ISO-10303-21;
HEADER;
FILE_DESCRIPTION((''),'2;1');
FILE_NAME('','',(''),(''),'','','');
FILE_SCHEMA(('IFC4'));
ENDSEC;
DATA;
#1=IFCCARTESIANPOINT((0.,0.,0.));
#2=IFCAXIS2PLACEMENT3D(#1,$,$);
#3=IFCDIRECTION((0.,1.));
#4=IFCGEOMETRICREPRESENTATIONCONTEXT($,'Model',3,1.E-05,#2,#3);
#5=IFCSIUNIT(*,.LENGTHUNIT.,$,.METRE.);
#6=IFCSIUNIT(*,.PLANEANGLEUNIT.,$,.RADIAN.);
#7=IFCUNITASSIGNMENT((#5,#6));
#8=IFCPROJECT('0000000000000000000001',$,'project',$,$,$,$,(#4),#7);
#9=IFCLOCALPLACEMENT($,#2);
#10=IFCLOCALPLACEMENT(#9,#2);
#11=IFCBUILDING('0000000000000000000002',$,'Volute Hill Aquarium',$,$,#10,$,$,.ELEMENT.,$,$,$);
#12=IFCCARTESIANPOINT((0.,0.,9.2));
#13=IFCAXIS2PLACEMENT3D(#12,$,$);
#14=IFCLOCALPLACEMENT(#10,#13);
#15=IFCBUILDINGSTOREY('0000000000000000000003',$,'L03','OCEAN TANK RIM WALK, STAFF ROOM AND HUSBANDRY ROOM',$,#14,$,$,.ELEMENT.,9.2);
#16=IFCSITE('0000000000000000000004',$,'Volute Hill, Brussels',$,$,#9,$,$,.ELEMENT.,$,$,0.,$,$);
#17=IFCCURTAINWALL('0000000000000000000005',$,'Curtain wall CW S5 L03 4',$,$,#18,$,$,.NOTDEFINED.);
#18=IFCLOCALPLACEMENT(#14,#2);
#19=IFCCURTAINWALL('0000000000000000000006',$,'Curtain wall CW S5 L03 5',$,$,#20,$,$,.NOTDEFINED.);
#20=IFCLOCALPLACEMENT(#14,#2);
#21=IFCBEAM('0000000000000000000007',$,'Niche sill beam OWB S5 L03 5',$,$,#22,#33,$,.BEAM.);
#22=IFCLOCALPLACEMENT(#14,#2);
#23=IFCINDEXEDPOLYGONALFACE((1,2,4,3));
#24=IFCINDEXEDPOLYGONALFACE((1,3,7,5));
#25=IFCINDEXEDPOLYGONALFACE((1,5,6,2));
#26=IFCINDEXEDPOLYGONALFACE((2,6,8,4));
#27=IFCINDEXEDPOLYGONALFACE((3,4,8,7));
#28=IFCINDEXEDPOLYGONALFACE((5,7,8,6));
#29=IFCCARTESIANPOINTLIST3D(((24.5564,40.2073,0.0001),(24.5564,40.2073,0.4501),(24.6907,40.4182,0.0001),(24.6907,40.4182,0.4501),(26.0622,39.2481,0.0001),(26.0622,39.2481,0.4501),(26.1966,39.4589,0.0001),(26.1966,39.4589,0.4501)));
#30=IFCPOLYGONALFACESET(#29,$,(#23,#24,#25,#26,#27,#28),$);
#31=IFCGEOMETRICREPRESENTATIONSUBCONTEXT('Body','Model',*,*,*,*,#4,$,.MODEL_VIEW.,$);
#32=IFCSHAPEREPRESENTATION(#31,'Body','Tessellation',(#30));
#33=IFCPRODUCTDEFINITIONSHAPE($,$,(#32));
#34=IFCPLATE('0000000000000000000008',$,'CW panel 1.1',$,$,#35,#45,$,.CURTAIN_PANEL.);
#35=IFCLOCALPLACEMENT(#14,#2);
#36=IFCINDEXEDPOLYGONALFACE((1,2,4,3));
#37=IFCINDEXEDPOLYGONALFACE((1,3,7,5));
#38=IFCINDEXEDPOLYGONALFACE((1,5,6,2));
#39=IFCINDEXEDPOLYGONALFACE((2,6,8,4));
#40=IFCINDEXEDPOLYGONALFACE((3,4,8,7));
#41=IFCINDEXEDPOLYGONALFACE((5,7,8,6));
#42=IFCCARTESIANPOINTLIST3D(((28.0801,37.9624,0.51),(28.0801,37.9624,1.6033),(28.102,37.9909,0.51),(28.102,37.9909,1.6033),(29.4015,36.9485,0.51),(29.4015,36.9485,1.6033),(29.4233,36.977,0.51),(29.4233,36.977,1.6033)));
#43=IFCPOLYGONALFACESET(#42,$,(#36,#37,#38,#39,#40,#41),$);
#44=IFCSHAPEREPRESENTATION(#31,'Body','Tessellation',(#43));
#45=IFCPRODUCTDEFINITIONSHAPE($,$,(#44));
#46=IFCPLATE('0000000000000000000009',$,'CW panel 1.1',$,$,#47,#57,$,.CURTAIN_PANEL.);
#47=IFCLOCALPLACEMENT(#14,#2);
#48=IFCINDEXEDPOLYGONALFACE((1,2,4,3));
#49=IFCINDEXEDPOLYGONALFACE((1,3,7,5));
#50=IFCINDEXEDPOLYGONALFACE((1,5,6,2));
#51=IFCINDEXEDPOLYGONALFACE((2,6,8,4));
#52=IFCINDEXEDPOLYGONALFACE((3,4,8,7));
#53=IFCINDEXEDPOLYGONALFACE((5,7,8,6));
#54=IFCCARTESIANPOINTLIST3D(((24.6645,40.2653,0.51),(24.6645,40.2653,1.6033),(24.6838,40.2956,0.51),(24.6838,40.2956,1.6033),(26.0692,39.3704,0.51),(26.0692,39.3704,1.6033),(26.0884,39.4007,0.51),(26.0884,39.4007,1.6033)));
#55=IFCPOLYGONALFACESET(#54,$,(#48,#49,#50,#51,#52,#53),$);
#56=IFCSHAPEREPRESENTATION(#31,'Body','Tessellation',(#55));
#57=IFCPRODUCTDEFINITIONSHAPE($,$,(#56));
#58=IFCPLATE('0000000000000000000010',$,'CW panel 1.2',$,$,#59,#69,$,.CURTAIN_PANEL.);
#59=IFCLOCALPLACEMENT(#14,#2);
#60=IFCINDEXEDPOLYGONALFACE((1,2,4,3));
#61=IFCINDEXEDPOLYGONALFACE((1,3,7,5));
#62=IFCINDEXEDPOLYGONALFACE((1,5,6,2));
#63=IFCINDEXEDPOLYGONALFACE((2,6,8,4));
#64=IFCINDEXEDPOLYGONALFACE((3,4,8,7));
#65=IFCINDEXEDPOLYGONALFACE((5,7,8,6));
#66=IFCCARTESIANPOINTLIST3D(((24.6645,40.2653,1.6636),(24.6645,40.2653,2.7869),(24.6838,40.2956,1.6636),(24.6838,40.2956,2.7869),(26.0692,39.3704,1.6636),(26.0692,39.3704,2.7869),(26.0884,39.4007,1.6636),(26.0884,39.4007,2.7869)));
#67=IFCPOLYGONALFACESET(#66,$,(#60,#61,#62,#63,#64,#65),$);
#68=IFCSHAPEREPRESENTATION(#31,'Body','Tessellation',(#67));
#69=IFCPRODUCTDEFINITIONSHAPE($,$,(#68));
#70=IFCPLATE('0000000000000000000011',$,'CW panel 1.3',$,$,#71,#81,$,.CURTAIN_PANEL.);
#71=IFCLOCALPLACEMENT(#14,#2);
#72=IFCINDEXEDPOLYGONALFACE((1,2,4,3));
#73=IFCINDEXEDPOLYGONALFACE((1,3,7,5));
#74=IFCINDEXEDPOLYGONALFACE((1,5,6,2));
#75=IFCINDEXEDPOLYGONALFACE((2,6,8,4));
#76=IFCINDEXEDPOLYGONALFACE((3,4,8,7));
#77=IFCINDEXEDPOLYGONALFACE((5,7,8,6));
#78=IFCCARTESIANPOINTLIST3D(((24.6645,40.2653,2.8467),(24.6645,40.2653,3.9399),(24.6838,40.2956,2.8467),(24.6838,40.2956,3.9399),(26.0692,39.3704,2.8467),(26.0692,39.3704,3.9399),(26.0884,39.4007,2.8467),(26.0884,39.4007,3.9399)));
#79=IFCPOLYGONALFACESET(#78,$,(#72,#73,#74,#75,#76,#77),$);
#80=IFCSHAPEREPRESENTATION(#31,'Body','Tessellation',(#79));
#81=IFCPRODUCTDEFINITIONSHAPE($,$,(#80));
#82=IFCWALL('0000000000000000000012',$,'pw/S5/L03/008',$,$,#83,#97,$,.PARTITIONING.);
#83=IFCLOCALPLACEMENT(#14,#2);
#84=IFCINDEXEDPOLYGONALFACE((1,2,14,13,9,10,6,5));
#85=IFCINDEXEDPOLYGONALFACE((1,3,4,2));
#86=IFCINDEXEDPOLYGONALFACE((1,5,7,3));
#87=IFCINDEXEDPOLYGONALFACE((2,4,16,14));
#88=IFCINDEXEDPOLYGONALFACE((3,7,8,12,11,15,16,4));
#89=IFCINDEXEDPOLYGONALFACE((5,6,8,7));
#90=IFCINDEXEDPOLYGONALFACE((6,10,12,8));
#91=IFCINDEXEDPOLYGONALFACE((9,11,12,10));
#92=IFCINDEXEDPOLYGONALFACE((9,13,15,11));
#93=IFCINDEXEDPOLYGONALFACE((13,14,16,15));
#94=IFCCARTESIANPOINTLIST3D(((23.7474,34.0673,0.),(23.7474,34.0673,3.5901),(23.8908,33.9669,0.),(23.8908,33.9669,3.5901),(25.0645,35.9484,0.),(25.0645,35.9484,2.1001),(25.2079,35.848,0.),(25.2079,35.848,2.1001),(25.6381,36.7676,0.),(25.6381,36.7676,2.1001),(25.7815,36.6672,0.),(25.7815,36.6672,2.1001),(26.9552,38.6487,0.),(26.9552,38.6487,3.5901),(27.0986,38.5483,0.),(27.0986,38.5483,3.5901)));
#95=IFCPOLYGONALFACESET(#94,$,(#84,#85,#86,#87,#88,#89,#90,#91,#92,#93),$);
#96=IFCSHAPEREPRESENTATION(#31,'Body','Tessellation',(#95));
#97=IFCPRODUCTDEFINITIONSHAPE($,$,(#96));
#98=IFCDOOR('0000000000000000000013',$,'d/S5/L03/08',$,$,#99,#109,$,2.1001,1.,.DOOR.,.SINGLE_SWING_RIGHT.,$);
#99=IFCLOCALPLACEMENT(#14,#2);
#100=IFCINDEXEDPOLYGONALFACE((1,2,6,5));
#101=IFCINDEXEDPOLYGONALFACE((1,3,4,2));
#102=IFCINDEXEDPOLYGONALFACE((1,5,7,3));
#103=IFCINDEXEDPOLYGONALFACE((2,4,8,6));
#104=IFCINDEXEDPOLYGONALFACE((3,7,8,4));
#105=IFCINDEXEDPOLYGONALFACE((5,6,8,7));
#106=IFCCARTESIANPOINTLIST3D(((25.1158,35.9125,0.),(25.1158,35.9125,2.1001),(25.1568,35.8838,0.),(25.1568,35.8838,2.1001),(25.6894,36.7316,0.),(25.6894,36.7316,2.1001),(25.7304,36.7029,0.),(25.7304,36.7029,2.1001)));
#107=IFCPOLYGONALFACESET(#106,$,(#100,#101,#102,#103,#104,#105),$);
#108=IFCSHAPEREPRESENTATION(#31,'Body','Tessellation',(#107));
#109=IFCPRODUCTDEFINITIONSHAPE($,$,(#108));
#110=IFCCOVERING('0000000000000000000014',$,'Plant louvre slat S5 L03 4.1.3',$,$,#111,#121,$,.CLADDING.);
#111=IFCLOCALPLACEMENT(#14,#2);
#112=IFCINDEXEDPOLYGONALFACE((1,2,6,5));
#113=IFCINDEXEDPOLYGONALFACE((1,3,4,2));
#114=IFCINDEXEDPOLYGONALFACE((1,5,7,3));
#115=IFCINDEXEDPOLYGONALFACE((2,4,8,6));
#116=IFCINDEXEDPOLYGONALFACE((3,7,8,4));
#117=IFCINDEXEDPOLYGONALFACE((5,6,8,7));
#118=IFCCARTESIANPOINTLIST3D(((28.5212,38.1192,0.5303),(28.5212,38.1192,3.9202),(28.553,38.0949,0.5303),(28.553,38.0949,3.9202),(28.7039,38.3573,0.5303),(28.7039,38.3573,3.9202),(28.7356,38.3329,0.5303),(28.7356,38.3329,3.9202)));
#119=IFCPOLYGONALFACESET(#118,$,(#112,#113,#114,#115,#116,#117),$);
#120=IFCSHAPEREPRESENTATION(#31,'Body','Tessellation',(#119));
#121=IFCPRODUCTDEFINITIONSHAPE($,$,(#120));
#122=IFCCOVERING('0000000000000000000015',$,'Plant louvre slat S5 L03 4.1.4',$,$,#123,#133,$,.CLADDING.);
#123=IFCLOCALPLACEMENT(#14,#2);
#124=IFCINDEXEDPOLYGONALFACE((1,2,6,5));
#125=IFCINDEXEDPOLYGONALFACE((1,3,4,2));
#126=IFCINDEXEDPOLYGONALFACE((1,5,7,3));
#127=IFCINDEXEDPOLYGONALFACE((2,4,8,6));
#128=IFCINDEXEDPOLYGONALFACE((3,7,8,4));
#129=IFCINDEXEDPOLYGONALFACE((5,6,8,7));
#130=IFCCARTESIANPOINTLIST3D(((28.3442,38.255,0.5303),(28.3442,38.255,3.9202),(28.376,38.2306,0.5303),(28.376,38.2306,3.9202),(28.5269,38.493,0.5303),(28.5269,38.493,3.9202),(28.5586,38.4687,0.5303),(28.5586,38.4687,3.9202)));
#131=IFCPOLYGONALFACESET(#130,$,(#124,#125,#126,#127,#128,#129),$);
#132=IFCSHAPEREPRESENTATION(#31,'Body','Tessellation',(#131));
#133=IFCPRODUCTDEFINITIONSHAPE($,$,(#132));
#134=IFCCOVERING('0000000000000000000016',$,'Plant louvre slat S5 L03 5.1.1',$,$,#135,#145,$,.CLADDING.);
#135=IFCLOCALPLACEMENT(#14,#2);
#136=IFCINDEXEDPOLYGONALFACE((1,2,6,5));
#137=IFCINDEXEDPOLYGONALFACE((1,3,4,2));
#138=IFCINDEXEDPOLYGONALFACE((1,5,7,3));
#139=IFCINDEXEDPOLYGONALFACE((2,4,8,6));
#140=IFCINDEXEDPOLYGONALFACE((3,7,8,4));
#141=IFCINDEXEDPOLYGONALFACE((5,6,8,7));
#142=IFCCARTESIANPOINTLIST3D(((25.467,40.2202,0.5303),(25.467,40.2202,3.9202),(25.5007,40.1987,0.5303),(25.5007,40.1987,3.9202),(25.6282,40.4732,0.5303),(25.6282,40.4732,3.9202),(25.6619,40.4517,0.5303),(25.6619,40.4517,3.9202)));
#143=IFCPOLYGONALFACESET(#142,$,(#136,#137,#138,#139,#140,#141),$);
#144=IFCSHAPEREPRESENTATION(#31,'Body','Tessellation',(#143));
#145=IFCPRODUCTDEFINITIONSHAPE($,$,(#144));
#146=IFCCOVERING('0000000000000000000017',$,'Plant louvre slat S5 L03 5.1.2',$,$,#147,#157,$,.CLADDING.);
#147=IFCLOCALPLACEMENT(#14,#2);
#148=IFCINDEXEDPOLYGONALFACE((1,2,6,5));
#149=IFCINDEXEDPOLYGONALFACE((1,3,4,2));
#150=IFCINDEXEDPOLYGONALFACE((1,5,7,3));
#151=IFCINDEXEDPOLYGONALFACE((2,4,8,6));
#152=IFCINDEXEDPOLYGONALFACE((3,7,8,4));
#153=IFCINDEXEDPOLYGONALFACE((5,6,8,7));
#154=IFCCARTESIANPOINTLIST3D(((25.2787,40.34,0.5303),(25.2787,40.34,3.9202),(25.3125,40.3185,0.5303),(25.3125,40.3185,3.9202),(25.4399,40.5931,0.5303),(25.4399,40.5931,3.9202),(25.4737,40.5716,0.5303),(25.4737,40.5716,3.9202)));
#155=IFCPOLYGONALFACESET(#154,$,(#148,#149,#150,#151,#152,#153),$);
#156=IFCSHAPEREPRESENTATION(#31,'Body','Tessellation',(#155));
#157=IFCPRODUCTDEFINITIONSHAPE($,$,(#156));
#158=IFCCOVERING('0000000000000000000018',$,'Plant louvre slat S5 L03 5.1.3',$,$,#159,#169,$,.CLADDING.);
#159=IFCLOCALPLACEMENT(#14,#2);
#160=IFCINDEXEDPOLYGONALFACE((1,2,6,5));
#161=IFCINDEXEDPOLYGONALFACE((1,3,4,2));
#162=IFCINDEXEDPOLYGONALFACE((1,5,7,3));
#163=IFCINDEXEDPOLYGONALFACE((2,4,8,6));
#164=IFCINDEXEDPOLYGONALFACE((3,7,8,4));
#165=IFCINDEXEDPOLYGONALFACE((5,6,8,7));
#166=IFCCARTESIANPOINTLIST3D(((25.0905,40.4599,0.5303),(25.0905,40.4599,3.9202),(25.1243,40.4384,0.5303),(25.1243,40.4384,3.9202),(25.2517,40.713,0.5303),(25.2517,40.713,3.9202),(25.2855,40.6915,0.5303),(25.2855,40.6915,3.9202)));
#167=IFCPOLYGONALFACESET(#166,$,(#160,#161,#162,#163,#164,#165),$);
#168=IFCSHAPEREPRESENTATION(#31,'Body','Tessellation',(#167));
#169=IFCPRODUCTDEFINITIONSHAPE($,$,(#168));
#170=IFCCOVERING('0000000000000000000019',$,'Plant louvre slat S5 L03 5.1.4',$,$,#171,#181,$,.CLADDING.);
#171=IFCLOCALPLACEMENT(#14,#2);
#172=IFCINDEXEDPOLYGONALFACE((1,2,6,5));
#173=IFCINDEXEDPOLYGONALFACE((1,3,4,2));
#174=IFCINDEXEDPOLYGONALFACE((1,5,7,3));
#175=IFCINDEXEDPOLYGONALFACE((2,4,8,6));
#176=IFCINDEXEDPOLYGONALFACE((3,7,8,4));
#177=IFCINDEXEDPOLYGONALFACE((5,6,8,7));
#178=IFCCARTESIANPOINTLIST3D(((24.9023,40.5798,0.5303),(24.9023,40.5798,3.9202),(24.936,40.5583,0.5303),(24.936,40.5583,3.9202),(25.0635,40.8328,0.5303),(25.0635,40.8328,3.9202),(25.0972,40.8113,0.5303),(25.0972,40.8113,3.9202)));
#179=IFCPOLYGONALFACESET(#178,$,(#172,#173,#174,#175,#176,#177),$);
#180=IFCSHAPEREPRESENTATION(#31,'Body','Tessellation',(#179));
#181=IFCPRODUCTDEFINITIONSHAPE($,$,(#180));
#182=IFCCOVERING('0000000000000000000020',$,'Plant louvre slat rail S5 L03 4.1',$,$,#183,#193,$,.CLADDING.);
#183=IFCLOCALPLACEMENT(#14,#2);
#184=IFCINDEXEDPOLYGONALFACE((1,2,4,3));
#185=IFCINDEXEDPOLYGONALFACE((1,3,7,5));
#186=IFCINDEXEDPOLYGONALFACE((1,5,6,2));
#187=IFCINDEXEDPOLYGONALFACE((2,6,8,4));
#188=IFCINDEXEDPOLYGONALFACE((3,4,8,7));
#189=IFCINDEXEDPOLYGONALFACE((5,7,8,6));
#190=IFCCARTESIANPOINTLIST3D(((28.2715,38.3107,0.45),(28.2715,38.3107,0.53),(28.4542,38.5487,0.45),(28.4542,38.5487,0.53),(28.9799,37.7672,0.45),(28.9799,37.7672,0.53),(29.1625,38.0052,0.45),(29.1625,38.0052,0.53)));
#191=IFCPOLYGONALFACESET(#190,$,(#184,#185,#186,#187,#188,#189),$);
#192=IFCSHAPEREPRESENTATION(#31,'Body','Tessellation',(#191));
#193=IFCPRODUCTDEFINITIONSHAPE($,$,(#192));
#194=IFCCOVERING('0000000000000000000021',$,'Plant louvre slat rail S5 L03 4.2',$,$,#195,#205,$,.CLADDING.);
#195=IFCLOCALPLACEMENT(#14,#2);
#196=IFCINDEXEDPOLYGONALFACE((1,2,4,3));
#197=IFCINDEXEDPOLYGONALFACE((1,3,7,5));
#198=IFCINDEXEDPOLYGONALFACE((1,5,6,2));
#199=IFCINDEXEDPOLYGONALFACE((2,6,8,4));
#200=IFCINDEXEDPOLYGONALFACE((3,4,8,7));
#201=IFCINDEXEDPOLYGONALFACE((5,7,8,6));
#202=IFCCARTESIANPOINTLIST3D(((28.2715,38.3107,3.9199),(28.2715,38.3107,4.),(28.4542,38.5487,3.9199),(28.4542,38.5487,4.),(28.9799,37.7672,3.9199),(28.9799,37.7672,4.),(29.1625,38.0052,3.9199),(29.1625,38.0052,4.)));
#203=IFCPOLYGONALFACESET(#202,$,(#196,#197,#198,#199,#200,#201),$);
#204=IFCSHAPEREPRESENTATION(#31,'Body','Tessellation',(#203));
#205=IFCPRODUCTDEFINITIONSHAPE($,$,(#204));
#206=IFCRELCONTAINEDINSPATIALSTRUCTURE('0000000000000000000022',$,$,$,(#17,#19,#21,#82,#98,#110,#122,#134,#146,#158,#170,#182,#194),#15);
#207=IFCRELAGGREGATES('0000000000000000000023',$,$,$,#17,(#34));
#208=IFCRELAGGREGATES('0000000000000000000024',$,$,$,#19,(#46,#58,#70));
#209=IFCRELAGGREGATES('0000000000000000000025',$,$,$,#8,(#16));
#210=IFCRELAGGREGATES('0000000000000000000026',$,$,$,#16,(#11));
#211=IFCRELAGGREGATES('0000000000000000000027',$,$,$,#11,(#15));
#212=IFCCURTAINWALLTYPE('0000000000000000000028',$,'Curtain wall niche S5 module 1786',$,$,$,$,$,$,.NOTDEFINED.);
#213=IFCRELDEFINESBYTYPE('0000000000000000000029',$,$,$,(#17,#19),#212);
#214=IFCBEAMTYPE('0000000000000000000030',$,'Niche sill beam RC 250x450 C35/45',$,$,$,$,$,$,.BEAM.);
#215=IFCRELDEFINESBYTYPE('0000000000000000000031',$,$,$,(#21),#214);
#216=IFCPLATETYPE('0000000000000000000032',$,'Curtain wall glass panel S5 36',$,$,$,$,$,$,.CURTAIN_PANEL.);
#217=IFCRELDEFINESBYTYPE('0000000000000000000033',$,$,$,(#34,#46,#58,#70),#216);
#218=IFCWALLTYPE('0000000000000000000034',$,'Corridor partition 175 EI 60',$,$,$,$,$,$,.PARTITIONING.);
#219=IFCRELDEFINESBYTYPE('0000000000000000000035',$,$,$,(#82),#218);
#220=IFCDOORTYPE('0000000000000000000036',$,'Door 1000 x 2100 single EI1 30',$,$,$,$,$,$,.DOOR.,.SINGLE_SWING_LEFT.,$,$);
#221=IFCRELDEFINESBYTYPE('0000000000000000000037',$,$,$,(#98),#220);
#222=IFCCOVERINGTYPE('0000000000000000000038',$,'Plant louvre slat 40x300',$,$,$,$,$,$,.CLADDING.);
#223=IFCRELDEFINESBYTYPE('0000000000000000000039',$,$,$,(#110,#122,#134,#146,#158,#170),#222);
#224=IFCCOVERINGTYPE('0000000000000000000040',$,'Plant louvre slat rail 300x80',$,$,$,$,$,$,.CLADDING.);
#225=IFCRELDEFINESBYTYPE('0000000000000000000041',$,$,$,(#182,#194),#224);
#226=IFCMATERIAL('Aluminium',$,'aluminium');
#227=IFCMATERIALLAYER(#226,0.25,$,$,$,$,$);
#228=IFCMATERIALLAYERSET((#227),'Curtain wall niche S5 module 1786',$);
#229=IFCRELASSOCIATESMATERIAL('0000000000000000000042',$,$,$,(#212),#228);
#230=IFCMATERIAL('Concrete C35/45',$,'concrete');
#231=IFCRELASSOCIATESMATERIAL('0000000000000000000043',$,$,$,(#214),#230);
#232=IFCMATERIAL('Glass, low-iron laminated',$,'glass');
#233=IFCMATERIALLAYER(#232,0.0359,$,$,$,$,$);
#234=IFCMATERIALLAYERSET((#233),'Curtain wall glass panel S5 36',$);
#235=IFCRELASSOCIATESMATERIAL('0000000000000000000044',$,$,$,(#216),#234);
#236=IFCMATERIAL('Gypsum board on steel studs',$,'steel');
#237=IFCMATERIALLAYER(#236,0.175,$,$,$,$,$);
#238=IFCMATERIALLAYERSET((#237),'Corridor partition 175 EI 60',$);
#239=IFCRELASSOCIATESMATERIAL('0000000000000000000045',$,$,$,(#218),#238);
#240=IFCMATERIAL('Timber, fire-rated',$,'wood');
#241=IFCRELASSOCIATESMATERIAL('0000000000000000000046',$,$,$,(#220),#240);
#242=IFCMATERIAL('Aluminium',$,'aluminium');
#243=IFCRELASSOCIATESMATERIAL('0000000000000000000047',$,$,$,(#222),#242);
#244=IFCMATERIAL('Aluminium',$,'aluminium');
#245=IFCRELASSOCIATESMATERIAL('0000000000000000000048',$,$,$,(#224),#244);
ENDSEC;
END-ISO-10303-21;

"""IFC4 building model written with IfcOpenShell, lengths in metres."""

from ifc_helpers import new_model, si_unit, direction, frame, frame_2d, origin, origin_2d, place, context, subcontext, project, spatial, rectangle, extrude, material, layer, layer_set, material_profile, profile_set, type_object, element, fill, aggregate, save


model = new_model("IFC4")

# Units and contexts
model_context = context("Model", 3, precision=1e-05, world=origin(), true_north=direction((0.0, 1.0)))
body_context = subcontext(model_context, "Body", "Model", "MODEL_VIEW")
ifc_project = project(units=[si_unit("LENGTHUNIT", "METRE"), si_unit("PLANEANGLEUNIT", "RADIAN")], contexts=[model_context])

# Site, building, storey
site_placement = place(None, origin())
site = spatial("IfcSite", under=ifc_project, at=site_placement, Name="Volute Hill, Brussels", CompositionType="ELEMENT", RefElevation=0.0)
building_placement = place(site_placement, origin())
building = spatial("IfcBuilding", under=site, at=building_placement, Name="Volute Hill Aquarium", CompositionType="ELEMENT")
storey_placement = place(building_placement, frame((0.0, 0.0, 9.2)))
storey = spatial("IfcBuildingStorey", under=building, at=storey_placement, Name="L03", Description="OCEAN TANK RIM WALK, STAFF ROOM AND HUSBANDRY ROOM", CompositionType="ELEMENT", Elevation=9.2)

# Curtain wall
ifc_material_1 = material(Name="Aluminium", Category="aluminium")
ifc_layer_1 = layer(ifc_material_1, 0.25)
ifc_layer_set_1 = layer_set([ifc_layer_1], Name="Curtain wall niche S5 module 1786")
curtain_wall_type = type_object("IfcCurtainWallType", Name="Curtain wall niche S5 module 1786", PredefinedType="NOTDEFINED", material=ifc_layer_set_1)
curtain_wall_1_placement = place(storey_placement, origin())
curtain_wall_1 = element("IfcCurtainWall", 1, at=curtain_wall_1_placement, inside=storey, type_object=curtain_wall_type, Name="Curtain wall CW S5 L03 4", PredefinedType="NOTDEFINED")

# Curtain wall
curtain_wall_2_placement = place(storey_placement, origin())
curtain_wall_2 = element("IfcCurtainWall", 2, at=curtain_wall_2_placement, inside=storey, type_object=curtain_wall_type, Name="Curtain wall CW S5 L03 5", PredefinedType="NOTDEFINED")

# Beam
ifc_material_2 = material(Name="Concrete C35/45", Category="concrete")
ifc_material_profile_1 = material_profile(ifc_material_2, rectangle(XDim=0.25, YDim=0.45, at=origin_2d()), Name="RC beam 250x450")
ifc_profile_set_1 = profile_set([ifc_material_profile_1], Name="Concrete C35/45")
beam_type_1 = type_object("IfcBeamType", Name="Niche sill beam RC 250x450 C35/45", PredefinedType="BEAM", material=ifc_profile_set_1)
beam_1_placement = place(storey_placement, frame((26.1294, 39.3535, 0.2251), z_axis=(-0.843419, 0.537256, 0.0), x_axis=(-0.537256, -0.843419, 0.0)))
element("IfcBeam", 3, at=beam_1_placement, inside=storey, type_object=beam_type_1, Name="Niche sill beam OWB S5 L03 5", PredefinedType="BEAM", context=body_context, shape_type="SweptSolid", body=[
    extrude(rectangle(XDim=0.25, YDim=0.45, at=origin_2d()), origin(), (0.0, 0.0, 1.0), 1.7854),
])

# Plates
ifc_material_3 = material(Name="Glass, low-iron laminated", Category="glass")
ifc_layer_2 = layer(ifc_material_3, 0.0359)
ifc_layer_set_2 = layer_set([ifc_layer_2], Name="Curtain wall glass panel S5 36")
plate_type = type_object("IfcPlateType", Name="Curtain wall glass panel S5 36", PredefinedType="CURTAIN_PANEL", material=ifc_layer_set_2)
plate_1_placement = place(storey_placement, frame((28.7517, 37.4697, 0.51), z_axis=(0.0, 0.0, 1.0), x_axis=(-0.793358, 0.608755, 0.0)))
plate_1 = element("IfcPlate", 4, at=plate_1_placement, type_object=plate_type, Name="CW panel 1.1", PredefinedType="CURTAIN_PANEL", context=body_context, shape_type="SweptSolid", body=[
    extrude(rectangle(XDim=1.6655, YDim=0.0359, at=origin_2d()), origin(), (0.0, 0.0, 1.0), 1.0933),
])
aggregate(curtain_wall_1, [plate_1])
plate_2_placement = place(storey_placement, frame((25.3765, 39.833, 0.51), z_axis=(0.0, 0.0, 1.0), x_axis=(-0.843385, 0.53731, 0.0)))
plate_2 = element("IfcPlate", 5, at=plate_2_placement, type_object=plate_type, Name="CW panel 1.1", PredefinedType="CURTAIN_PANEL", context=body_context, shape_type="SweptSolid", body=[
    extrude(rectangle(XDim=1.6655, YDim=0.0359, at=origin_2d()), origin(), (0.0, 0.0, 1.0), 1.0933),
])
plate_3_placement = place(storey_placement, frame((25.3765, 39.833, 1.6636), z_axis=(0.0, 0.0, 1.0), x_axis=(-0.843385, 0.53731, 0.0)))
plate_3 = element("IfcPlate", 6, at=plate_3_placement, type_object=plate_type, Name="CW panel 1.2", PredefinedType="CURTAIN_PANEL", context=body_context, shape_type="SweptSolid", body=[
    extrude(rectangle(XDim=1.6655, YDim=0.0359, at=origin_2d()), origin(), (0.0, 0.0, 1.0), 1.1233),
])
plate_4_placement = place(storey_placement, frame((25.3765, 39.833, 2.8467), z_axis=(0.0, 0.0, 1.0), x_axis=(-0.843385, 0.53731, 0.0)))
plate_4 = element("IfcPlate", 7, at=plate_4_placement, type_object=plate_type, Name="CW panel 1.3", PredefinedType="CURTAIN_PANEL", context=body_context, shape_type="SweptSolid", body=[
    extrude(rectangle(XDim=1.6655, YDim=0.0359, at=origin_2d()), origin(), (0.0, 0.0, 1.0), 1.0933),
])
aggregate(curtain_wall_2, [plate_2, plate_3, plate_4])

# Wall, opening, door
ifc_material_4 = material(Name="Gypsum board on steel studs", Category="steel")
ifc_layer_3 = layer(ifc_material_4, 0.175)
ifc_layer_set_3 = layer_set([ifc_layer_3], Name="Corridor partition 175 EI 60")
wall_type = type_object("IfcWallType", Name="Corridor partition 175 EI 60", PredefinedType="PARTITIONING", material=ifc_layer_set_3)
wall_placement = place(storey_placement, frame((23.8191, 34.0171, 0.0), z_axis=(0.0, 0.0, 1.0), x_axis=(0.573565, 0.81916, 0.0)))
wall = element("IfcWall", 8, at=wall_placement, inside=storey, type_object=wall_type, Name="pw/S5/L03/008", PredefinedType="PARTITIONING", context=body_context, shape_type="SweptSolid", body=[
    extrude(rectangle(XDim=5.5928, YDim=0.175, at=frame_2d((2.7964, 0.0))), origin(), (0.0, 0.0, 1.0), 3.5901),
])
opening_placement = place(wall_placement, frame((2.2964, 0.0, 0.0)))
opening = element("IfcOpeningElement", 9, at=opening_placement, cuts=wall, PredefinedType="OPENING", context=body_context, shape_type="SweptSolid", body=[
    extrude(rectangle(XDim=1.0, YDim=2.1001, at=frame_2d((0.5, 1.05))), frame((0.0, 0.0974, 0.0), z_axis=(0.0, -1.0, 0.0), x_axis=(1.0, 0.0, 0.0)), (0.0, 0.0, 1.0), 0.1951),
])
ifc_material_5 = material(Name="Timber, fire-rated", Category="wood")
door_type = type_object("IfcDoorType", Name="Door 1000 x 2100 single EI1 30", OperationType="SINGLE_SWING_LEFT", PredefinedType="DOOR", material=ifc_material_5)
door_placement = place(opening_placement, origin())
door = element("IfcDoor", 10, at=door_placement, inside=storey, type_object=door_type, Name="d/S5/L03/08", OperationType="SINGLE_SWING_RIGHT", OverallHeight=2.1001, OverallWidth=1.0, PredefinedType="DOOR", context=body_context, shape_type="SweptSolid", body=[
    extrude(rectangle(XDim=1.0, YDim=2.1001, at=frame_2d((0.5, 1.05))), frame((0.0, 0.0249, 0.0), z_axis=(0.0, -1.0, 0.0), x_axis=(1.0, 0.0, 0.0)), (0.0, 0.0, 1.0), 0.05),
])
fill(opening, door)

# Coverings
ifc_material_6 = material(Name="Aluminium", Category="aluminium")
covering_type_1 = type_object("IfcCoveringType", Name="Plant louvre slat 40x300", PredefinedType="CLADDING", material=ifc_material_6)
for number, where, z_axis, x_axis, name in (
    (11, (28.6284, 38.2261, 0.5303), (0.0, 0.0, 1.0), (-0.79336, 0.608753, 0.0), "Plant louvre slat S5 L03 4.1.3"),
    (12, (28.4514, 38.3618, 0.5303), (0.0, 0.0, 1.0), (-0.79336, 0.608753, 0.0), "Plant louvre slat S5 L03 4.1.4"),
    (13, (25.5645, 40.3359, 0.5303), (0.0, 0.0, 1.0), (-0.843386, 0.537309, 0.0), "Plant louvre slat S5 L03 5.1.1"),
    (14, (25.3762, 40.4558, 0.5303), (0.0, 0.0, 1.0), (-0.843386, 0.537309, 0.0), "Plant louvre slat S5 L03 5.1.2"),
    (15, (25.188, 40.5757, 0.5303), (0.0, 0.0, 1.0), (-0.843386, 0.537309, 0.0), "Plant louvre slat S5 L03 5.1.3"),
    (16, (24.9998, 40.6956, 0.5303), (0.0, 0.0, 1.0), (-0.843386, 0.537309, 0.0), "Plant louvre slat S5 L03 5.1.4"),
):
    element("IfcCovering", number, at=place(storey_placement, frame(where, z_axis=z_axis, x_axis=x_axis)), inside=storey, type_object=covering_type_1, Name=name, PredefinedType="CLADDING", context=body_context, shape_type="SweptSolid", body=[
        extrude(rectangle(XDim=0.04, YDim=0.3, at=origin_2d()), origin(), (0.0, 0.0, 1.0), 3.3899),
    ])
ifc_material_7 = material(Name="Aluminium", Category="aluminium")
covering_type_2 = type_object("IfcCoveringType", Name="Plant louvre slat rail 300x80", PredefinedType="CLADDING", material=ifc_material_7)
for number, where, z_axis, x_axis, name in (
    (17, (28.717, 38.158, 0.45), (0.0, 0.0, 1.0), (-0.79336, 0.608753, 0.0), "Plant louvre slat rail S5 L03 4.1"),
    (18, (28.717, 38.158, 3.9199), (0.0, 0.0, 1.0), (-0.79336, 0.608753, 0.0), "Plant louvre slat rail S5 L03 4.2"),
):
    element("IfcCovering", number, at=place(storey_placement, frame(where, z_axis=z_axis, x_axis=x_axis)), inside=storey, type_object=covering_type_2, Name=name, PredefinedType="CLADDING", context=body_context, shape_type="SweptSolid", body=[
        extrude(rectangle(XDim=0.8928, YDim=0.3, at=origin_2d()), origin(), (0.0, 0.0, 1.0), 0.0801),
    ])

save(model, "model.ifc")
